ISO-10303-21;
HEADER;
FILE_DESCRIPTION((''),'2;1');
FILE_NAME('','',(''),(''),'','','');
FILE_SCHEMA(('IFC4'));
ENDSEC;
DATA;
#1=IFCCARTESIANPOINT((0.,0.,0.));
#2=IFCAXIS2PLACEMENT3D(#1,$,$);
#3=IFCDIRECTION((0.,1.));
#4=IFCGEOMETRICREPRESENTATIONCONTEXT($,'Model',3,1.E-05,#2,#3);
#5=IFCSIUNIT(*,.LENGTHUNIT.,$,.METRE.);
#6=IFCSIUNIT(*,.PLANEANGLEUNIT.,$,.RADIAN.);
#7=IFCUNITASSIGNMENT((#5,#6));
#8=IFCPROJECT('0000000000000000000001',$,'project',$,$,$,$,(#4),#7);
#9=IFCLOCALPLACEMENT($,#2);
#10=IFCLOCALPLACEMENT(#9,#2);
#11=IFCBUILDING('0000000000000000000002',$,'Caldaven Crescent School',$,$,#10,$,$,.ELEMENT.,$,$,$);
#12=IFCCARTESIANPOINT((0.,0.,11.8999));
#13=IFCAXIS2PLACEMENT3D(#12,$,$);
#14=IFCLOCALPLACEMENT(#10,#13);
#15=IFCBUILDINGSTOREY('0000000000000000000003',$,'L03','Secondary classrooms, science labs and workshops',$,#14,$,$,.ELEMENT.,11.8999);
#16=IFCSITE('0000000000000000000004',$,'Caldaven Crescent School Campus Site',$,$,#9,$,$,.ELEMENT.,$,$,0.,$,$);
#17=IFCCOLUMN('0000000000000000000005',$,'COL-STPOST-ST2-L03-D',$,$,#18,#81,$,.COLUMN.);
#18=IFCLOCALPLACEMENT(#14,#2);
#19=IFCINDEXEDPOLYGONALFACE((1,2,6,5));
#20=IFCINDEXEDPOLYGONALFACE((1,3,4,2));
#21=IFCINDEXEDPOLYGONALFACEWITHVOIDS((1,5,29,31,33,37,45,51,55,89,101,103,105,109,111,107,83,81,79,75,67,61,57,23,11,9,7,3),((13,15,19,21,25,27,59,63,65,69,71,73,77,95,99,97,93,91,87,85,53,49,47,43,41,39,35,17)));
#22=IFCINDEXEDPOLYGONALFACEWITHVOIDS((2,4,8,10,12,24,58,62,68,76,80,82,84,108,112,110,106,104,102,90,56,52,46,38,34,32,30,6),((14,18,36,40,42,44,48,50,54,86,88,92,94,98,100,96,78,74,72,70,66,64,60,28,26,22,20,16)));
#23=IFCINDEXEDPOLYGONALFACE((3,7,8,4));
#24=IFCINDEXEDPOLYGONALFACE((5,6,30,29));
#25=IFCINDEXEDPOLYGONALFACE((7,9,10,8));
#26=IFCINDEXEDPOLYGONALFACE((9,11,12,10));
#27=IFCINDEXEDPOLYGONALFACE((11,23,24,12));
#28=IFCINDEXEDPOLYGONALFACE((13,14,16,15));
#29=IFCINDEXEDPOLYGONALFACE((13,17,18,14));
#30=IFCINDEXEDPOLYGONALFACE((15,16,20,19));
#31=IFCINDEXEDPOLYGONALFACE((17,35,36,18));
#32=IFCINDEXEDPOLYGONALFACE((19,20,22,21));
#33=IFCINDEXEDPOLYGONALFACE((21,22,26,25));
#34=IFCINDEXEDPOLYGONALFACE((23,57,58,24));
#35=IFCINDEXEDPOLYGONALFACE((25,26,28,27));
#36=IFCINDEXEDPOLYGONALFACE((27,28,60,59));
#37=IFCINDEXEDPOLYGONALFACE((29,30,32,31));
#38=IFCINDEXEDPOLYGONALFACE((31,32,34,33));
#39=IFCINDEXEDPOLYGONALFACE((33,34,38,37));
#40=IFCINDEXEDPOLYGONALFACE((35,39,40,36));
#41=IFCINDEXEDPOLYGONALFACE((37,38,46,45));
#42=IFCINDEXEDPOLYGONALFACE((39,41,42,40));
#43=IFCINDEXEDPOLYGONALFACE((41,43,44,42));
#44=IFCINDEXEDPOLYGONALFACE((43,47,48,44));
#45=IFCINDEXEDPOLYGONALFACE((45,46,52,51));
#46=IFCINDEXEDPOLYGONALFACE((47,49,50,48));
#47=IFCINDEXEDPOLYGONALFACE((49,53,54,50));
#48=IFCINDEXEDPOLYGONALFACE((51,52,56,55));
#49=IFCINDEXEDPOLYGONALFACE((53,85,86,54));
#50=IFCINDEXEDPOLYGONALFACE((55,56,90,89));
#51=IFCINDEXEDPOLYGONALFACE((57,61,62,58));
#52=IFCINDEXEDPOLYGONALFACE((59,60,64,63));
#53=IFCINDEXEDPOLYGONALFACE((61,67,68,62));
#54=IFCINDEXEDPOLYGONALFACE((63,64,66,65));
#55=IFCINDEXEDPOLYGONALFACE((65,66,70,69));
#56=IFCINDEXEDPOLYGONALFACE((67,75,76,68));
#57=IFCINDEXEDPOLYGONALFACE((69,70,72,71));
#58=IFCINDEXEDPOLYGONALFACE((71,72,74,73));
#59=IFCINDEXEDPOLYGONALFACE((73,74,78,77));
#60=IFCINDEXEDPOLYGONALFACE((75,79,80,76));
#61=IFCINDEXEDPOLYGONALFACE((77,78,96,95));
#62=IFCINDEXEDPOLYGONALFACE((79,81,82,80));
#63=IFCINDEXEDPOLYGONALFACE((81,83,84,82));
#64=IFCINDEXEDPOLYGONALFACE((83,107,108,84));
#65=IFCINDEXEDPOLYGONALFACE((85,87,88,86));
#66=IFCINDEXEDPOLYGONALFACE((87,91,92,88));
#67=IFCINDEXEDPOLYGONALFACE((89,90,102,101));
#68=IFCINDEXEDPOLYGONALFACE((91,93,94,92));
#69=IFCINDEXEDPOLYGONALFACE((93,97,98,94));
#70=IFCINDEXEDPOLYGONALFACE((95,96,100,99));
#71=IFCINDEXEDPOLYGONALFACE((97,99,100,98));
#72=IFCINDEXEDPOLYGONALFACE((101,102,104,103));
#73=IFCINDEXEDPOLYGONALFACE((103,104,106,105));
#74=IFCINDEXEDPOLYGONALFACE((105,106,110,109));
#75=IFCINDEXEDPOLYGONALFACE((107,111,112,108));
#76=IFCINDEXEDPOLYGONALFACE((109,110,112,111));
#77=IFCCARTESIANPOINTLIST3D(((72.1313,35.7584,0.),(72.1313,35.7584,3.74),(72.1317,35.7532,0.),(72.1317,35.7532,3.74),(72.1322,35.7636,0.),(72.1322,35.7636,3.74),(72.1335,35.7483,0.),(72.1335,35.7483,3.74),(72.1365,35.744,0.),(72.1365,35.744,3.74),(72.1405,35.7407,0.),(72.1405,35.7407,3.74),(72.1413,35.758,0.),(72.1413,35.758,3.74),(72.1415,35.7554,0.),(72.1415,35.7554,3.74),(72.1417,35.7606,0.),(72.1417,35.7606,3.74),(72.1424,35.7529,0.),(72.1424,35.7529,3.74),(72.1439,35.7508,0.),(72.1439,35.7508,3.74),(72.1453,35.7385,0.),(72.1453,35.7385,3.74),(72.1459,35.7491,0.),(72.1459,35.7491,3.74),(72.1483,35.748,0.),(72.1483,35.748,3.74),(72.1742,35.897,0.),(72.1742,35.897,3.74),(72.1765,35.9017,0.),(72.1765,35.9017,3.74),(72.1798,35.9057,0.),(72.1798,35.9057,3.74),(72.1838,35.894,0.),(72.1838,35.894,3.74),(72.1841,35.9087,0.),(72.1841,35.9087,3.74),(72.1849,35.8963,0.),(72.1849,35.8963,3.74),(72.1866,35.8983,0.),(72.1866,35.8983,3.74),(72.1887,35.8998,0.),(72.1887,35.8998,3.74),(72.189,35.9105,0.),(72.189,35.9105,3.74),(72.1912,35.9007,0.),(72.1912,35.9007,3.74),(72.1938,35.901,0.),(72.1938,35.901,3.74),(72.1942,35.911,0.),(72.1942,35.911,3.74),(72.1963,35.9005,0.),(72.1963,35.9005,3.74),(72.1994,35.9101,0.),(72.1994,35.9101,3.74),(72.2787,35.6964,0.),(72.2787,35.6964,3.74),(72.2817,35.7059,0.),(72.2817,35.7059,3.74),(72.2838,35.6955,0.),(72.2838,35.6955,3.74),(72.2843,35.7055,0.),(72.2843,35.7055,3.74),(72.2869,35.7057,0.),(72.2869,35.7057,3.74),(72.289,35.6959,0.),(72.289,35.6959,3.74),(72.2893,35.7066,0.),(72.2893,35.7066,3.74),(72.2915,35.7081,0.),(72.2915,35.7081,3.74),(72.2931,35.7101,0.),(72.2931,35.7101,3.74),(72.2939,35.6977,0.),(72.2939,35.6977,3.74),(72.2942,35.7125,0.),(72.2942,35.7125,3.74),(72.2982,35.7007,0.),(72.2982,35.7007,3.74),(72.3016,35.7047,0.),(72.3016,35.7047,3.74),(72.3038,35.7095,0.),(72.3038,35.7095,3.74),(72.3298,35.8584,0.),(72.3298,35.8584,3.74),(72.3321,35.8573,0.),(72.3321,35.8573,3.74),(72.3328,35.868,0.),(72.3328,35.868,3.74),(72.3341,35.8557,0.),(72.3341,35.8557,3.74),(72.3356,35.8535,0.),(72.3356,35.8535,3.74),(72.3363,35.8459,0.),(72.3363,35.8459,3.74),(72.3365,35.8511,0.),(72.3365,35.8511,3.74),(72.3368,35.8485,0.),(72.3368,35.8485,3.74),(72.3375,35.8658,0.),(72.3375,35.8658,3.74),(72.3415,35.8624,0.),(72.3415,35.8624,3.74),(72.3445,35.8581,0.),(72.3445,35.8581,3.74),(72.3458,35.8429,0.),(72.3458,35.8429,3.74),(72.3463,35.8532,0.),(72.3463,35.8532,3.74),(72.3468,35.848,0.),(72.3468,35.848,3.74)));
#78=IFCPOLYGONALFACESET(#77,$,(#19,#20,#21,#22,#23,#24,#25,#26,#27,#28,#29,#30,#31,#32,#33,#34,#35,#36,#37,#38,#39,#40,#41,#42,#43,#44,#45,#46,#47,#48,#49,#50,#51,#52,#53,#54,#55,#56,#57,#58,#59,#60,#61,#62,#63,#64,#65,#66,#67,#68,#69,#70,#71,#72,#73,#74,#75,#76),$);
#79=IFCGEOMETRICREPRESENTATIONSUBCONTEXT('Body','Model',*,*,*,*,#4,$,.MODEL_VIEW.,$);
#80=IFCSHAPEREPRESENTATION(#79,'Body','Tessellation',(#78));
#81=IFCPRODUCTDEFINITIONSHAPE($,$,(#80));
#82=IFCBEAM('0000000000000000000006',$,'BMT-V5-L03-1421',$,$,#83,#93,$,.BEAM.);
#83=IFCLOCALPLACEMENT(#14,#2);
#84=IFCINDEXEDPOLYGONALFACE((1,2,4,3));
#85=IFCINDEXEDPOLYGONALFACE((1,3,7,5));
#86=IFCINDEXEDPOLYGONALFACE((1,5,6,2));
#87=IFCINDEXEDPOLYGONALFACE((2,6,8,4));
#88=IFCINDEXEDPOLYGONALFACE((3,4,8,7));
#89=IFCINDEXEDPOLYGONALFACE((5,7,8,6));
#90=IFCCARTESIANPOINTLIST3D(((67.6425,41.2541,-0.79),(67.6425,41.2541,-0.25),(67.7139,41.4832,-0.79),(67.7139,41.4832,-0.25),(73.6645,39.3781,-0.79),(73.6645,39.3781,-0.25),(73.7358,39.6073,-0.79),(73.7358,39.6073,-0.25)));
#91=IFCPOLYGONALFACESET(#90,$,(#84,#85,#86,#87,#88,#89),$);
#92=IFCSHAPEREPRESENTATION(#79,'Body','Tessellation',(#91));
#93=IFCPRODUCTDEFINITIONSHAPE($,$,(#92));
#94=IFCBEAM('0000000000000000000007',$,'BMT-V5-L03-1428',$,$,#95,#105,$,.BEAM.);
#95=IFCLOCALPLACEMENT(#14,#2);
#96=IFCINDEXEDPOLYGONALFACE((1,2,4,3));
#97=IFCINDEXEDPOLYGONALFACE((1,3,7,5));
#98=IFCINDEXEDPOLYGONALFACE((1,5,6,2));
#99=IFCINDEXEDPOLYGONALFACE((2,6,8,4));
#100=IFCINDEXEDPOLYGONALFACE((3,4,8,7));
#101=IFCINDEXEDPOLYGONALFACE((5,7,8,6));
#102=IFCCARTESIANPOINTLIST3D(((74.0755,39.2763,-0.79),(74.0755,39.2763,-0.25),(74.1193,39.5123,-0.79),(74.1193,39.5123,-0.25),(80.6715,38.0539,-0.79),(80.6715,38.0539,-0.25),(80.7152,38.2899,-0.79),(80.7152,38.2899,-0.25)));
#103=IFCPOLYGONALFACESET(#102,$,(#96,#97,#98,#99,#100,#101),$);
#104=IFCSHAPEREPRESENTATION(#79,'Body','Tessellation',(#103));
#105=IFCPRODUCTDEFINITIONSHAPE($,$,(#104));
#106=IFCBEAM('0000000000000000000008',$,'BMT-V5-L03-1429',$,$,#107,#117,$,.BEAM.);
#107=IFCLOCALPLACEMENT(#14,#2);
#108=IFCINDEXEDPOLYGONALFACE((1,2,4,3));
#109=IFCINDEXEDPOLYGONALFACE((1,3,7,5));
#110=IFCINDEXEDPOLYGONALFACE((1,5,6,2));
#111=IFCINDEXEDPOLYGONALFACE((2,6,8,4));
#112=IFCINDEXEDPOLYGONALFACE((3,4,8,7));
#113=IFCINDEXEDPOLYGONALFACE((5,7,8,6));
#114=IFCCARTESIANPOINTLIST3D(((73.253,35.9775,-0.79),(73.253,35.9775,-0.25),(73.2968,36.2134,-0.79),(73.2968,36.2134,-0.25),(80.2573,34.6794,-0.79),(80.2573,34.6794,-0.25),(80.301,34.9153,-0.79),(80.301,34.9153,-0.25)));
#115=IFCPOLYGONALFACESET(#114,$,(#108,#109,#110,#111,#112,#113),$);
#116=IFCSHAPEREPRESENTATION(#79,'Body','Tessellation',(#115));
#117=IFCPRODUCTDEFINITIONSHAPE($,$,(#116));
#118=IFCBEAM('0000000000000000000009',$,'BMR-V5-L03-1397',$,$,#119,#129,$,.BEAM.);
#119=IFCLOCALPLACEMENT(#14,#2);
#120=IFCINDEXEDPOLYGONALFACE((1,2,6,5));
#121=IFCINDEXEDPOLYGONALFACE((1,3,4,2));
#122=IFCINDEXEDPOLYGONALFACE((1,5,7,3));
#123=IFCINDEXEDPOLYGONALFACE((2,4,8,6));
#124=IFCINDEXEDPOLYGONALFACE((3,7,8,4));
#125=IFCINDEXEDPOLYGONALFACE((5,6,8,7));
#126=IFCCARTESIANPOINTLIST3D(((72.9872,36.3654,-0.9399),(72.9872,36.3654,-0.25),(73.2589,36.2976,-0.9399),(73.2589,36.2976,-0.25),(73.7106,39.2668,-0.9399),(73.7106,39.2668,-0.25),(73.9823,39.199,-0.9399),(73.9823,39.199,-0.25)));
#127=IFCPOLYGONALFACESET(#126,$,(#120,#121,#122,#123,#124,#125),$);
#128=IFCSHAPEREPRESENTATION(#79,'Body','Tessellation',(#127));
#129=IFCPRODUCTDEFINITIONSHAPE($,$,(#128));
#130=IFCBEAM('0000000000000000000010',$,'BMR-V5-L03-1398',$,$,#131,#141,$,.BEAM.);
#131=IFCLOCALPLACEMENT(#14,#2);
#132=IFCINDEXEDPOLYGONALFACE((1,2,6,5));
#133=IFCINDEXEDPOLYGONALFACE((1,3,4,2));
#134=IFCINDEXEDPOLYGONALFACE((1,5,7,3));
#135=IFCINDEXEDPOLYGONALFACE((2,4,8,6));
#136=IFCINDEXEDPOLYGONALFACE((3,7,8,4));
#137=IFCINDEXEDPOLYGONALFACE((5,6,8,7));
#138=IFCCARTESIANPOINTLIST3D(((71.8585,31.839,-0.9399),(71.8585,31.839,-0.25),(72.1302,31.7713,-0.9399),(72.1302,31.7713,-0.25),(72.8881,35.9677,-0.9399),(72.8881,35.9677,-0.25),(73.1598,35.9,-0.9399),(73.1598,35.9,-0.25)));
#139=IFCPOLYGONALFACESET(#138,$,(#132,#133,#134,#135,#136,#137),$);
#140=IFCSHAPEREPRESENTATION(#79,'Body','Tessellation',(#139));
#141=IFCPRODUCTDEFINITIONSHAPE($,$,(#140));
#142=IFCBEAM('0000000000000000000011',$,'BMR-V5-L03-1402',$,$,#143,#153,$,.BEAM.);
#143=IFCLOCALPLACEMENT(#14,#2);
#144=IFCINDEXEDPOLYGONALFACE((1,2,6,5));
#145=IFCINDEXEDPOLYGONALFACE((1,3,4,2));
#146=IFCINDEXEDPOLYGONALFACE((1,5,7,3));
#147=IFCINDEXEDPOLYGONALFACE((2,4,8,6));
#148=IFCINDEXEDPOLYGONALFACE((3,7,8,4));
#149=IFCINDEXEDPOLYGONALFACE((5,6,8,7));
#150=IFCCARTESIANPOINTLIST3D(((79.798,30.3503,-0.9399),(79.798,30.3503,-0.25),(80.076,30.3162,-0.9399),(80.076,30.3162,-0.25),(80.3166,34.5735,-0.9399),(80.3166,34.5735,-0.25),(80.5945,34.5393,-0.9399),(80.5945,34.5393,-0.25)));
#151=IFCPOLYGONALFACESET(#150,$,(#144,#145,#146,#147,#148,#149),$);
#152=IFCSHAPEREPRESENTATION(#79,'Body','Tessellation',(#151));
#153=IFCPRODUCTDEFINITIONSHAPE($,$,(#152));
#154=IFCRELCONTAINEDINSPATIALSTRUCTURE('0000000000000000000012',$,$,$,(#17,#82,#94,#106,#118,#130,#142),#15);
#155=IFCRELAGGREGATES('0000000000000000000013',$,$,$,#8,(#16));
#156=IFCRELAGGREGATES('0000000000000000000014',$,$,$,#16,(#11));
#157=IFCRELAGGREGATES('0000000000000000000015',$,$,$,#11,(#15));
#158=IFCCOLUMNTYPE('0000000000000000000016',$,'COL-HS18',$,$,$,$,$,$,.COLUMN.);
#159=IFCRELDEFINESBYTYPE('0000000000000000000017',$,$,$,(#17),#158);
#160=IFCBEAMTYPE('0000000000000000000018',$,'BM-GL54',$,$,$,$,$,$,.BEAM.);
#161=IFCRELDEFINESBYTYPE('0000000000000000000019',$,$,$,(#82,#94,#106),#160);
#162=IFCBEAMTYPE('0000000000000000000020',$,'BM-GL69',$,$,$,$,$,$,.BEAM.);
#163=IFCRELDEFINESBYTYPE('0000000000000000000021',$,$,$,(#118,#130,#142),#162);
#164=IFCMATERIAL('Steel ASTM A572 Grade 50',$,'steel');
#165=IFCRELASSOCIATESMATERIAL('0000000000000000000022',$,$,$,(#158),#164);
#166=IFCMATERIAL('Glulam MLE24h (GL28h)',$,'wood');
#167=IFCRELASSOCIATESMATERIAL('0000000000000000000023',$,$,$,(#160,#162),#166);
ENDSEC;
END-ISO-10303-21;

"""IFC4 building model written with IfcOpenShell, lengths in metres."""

from ifc_helpers import new_model, si_unit, direction, frame, origin, origin_2d, place, context, subcontext, project, spatial, rectangle, hollow_rectangle, extrude, material, material_profile, profile_set, type_object, element, save


model = new_model("IFC4")

# Units and contexts
model_context = context("Model", 3, precision=1e-05, world=origin(), true_north=direction((0.0, 1.0)))
body_context = subcontext(model_context, "Body", "Model", "MODEL_VIEW")
ifc_project = project(units=[si_unit("LENGTHUNIT", "METRE"), si_unit("PLANEANGLEUNIT", "RADIAN")], contexts=[model_context])

# Site, building, storey
site_placement = place(None, origin())
site = spatial("IfcSite", under=ifc_project, at=site_placement, Name="Caldaven Crescent School Campus Site", CompositionType="ELEMENT", RefElevation=0.0)
building_placement = place(site_placement, origin())
building = spatial("IfcBuilding", under=site, at=building_placement, Name="Caldaven Crescent School", CompositionType="ELEMENT")
storey_placement = place(building_placement, frame((0.0, 0.0, 11.8999)))
storey = spatial("IfcBuildingStorey", under=building, at=storey_placement, Name="L03", Description="Secondary classrooms, science labs and workshops", CompositionType="ELEMENT", Elevation=11.8999)

# Column
ifc_material_1 = material(Name="Glulam MLE24h (GL28h)", Category="wood")
ifc_material_2 = material(Name="Steel ASTM A572 Grade 50", Category="steel")
ifc_material_profile_1 = material_profile(ifc_material_2, hollow_rectangle(XDim=0.1799, YDim=0.1799, WallThickness=0.01, InnerFilletRadius=0.01, OuterFilletRadius=0.02, at=origin_2d()), Name="HSS 180x180x10")
ifc_profile_set_1 = profile_set([ifc_material_profile_1], Name="Steel ASTM A572 Grade 50")
column_type_1 = type_object("IfcColumnType", Name="COL-HS18", PredefinedType="COLUMN", material=ifc_profile_set_1)
for number, where, z_axis, x_axis, name in (
    (1, (72.239, 35.8032, 0.0), (0.0, 0.0, 1.0), (0.953717, -0.300706, 0.0), "COL-STPOST-ST2-L03-D"),
):
    element("IfcColumn", number, at=place(storey_placement, frame(where, z_axis=z_axis, x_axis=x_axis)), inside=storey, type_object=column_type_1, Name=name, PredefinedType="COLUMN", context=body_context, shape_type="SweptSolid", body=[
        extrude(hollow_rectangle(XDim=0.1799, YDim=0.1799, WallThickness=0.01, InnerFilletRadius=0.01, OuterFilletRadius=0.02, at=origin_2d()), origin(), (0.0, 0.0, 1.0), 3.74),
    ])

# Beams
ifc_material_profile_2 = material_profile(ifc_material_1, rectangle(XDim=0.24, YDim=0.54, at=origin_2d()), Name="MLE 240x540")
ifc_profile_set_2 = profile_set([ifc_material_profile_2], Name="Glulam MLE24h (GL28h)")
beam_type_1 = type_object("IfcBeamType", Name="BM-GL54", PredefinedType="BEAM", material=ifc_profile_set_2)
beam_1_placement = place(storey_placement, frame((67.6782, 41.3687, -0.52), z_axis=(0.954745, -0.297424, 0.0), x_axis=(0.297424, 0.954745, 0.0)))
element("IfcBeam", 2, at=beam_1_placement, inside=storey, type_object=beam_type_1, Name="BMT-V5-L03-1421", PredefinedType="BEAM", context=body_context, shape_type="SweptSolid", body=[
    extrude(rectangle(XDim=0.24, YDim=0.54, at=origin_2d()), origin(), (0.0, 0.0, 1.0), 6.3074),
])
beam_2_placement = place(storey_placement, frame((74.0974, 39.3943, -0.52), z_axis=(0.983257, -0.182225, 0.0), x_axis=(0.182225, 0.983257, 0.0)))
element("IfcBeam", 3, at=beam_2_placement, inside=storey, type_object=beam_type_1, Name="BMT-V5-L03-1428", PredefinedType="BEAM", context=body_context, shape_type="SweptSolid", body=[
    extrude(rectangle(XDim=0.24, YDim=0.54, at=origin_2d()), origin(), (0.0, 0.0, 1.0), 6.7083),
])
beam_3_placement = place(storey_placement, frame((73.2749, 36.0955, -0.52), z_axis=(0.983256, -0.182229, 0.0), x_axis=(0.182229, 0.983256, 0.0)))
element("IfcBeam", 4, at=beam_3_placement, inside=storey, type_object=beam_type_1, Name="BMT-V5-L03-1429", PredefinedType="BEAM", context=body_context, shape_type="SweptSolid", body=[
    extrude(rectangle(XDim=0.24, YDim=0.54, at=origin_2d()), origin(), (0.0, 0.0, 1.0), 7.1235),
])
ifc_material_profile_3 = material_profile(ifc_material_1, rectangle(XDim=0.28, YDim=0.6899, at=origin_2d()), Name="MLE 280x690")
ifc_profile_set_3 = profile_set([ifc_material_profile_3], Name="Glulam MLE24h (GL28h)")
beam_type_2 = type_object("IfcBeamType", Name="BM-GL69", PredefinedType="BEAM", material=ifc_profile_set_3)
beam_4_placement = place(storey_placement, frame((73.8464, 39.2329, -0.595), z_axis=(-0.241921, -0.970296, 0.0), x_axis=(0.970296, -0.241921, 0.0)))
element("IfcBeam", 5, at=beam_4_placement, inside=storey, type_object=beam_type_2, Name="BMR-V5-L03-1397", PredefinedType="BEAM", context=body_context, shape_type="SweptSolid", body=[
    extrude(rectangle(XDim=0.28, YDim=0.6899, at=origin_2d()), origin(), (0.0, 0.0, 1.0), 2.9902),
])
beam_5_placement = place(storey_placement, frame((73.0239, 35.9338, -0.595), z_axis=(-0.241955, -0.970287, 0.0), x_axis=(0.970287, -0.241955, 0.0)))
element("IfcBeam", 6, at=beam_5_placement, inside=storey, type_object=beam_type_2, Name="BMR-V5-L03-1398", PredefinedType="BEAM", context=body_context, shape_type="SweptSolid", body=[
    extrude(rectangle(XDim=0.28, YDim=0.6899, at=origin_2d()), origin(), (0.0, 0.0, 1.0), 4.2551),
])
beam_6_placement = place(storey_placement, frame((80.4556, 34.5564, -0.595), z_axis=(-0.121873, -0.992546, 0.0), x_axis=(0.992546, -0.121873, 0.0)))
element("IfcBeam", 7, at=beam_6_placement, inside=storey, type_object=beam_type_2, Name="BMR-V5-L03-1402", PredefinedType="BEAM", context=body_context, shape_type="SweptSolid", body=[
    extrude(rectangle(XDim=0.28, YDim=0.6899, at=origin_2d()), origin(), (0.0, 0.0, 1.0), 4.2549),
])

save(model, "model.ifc")
